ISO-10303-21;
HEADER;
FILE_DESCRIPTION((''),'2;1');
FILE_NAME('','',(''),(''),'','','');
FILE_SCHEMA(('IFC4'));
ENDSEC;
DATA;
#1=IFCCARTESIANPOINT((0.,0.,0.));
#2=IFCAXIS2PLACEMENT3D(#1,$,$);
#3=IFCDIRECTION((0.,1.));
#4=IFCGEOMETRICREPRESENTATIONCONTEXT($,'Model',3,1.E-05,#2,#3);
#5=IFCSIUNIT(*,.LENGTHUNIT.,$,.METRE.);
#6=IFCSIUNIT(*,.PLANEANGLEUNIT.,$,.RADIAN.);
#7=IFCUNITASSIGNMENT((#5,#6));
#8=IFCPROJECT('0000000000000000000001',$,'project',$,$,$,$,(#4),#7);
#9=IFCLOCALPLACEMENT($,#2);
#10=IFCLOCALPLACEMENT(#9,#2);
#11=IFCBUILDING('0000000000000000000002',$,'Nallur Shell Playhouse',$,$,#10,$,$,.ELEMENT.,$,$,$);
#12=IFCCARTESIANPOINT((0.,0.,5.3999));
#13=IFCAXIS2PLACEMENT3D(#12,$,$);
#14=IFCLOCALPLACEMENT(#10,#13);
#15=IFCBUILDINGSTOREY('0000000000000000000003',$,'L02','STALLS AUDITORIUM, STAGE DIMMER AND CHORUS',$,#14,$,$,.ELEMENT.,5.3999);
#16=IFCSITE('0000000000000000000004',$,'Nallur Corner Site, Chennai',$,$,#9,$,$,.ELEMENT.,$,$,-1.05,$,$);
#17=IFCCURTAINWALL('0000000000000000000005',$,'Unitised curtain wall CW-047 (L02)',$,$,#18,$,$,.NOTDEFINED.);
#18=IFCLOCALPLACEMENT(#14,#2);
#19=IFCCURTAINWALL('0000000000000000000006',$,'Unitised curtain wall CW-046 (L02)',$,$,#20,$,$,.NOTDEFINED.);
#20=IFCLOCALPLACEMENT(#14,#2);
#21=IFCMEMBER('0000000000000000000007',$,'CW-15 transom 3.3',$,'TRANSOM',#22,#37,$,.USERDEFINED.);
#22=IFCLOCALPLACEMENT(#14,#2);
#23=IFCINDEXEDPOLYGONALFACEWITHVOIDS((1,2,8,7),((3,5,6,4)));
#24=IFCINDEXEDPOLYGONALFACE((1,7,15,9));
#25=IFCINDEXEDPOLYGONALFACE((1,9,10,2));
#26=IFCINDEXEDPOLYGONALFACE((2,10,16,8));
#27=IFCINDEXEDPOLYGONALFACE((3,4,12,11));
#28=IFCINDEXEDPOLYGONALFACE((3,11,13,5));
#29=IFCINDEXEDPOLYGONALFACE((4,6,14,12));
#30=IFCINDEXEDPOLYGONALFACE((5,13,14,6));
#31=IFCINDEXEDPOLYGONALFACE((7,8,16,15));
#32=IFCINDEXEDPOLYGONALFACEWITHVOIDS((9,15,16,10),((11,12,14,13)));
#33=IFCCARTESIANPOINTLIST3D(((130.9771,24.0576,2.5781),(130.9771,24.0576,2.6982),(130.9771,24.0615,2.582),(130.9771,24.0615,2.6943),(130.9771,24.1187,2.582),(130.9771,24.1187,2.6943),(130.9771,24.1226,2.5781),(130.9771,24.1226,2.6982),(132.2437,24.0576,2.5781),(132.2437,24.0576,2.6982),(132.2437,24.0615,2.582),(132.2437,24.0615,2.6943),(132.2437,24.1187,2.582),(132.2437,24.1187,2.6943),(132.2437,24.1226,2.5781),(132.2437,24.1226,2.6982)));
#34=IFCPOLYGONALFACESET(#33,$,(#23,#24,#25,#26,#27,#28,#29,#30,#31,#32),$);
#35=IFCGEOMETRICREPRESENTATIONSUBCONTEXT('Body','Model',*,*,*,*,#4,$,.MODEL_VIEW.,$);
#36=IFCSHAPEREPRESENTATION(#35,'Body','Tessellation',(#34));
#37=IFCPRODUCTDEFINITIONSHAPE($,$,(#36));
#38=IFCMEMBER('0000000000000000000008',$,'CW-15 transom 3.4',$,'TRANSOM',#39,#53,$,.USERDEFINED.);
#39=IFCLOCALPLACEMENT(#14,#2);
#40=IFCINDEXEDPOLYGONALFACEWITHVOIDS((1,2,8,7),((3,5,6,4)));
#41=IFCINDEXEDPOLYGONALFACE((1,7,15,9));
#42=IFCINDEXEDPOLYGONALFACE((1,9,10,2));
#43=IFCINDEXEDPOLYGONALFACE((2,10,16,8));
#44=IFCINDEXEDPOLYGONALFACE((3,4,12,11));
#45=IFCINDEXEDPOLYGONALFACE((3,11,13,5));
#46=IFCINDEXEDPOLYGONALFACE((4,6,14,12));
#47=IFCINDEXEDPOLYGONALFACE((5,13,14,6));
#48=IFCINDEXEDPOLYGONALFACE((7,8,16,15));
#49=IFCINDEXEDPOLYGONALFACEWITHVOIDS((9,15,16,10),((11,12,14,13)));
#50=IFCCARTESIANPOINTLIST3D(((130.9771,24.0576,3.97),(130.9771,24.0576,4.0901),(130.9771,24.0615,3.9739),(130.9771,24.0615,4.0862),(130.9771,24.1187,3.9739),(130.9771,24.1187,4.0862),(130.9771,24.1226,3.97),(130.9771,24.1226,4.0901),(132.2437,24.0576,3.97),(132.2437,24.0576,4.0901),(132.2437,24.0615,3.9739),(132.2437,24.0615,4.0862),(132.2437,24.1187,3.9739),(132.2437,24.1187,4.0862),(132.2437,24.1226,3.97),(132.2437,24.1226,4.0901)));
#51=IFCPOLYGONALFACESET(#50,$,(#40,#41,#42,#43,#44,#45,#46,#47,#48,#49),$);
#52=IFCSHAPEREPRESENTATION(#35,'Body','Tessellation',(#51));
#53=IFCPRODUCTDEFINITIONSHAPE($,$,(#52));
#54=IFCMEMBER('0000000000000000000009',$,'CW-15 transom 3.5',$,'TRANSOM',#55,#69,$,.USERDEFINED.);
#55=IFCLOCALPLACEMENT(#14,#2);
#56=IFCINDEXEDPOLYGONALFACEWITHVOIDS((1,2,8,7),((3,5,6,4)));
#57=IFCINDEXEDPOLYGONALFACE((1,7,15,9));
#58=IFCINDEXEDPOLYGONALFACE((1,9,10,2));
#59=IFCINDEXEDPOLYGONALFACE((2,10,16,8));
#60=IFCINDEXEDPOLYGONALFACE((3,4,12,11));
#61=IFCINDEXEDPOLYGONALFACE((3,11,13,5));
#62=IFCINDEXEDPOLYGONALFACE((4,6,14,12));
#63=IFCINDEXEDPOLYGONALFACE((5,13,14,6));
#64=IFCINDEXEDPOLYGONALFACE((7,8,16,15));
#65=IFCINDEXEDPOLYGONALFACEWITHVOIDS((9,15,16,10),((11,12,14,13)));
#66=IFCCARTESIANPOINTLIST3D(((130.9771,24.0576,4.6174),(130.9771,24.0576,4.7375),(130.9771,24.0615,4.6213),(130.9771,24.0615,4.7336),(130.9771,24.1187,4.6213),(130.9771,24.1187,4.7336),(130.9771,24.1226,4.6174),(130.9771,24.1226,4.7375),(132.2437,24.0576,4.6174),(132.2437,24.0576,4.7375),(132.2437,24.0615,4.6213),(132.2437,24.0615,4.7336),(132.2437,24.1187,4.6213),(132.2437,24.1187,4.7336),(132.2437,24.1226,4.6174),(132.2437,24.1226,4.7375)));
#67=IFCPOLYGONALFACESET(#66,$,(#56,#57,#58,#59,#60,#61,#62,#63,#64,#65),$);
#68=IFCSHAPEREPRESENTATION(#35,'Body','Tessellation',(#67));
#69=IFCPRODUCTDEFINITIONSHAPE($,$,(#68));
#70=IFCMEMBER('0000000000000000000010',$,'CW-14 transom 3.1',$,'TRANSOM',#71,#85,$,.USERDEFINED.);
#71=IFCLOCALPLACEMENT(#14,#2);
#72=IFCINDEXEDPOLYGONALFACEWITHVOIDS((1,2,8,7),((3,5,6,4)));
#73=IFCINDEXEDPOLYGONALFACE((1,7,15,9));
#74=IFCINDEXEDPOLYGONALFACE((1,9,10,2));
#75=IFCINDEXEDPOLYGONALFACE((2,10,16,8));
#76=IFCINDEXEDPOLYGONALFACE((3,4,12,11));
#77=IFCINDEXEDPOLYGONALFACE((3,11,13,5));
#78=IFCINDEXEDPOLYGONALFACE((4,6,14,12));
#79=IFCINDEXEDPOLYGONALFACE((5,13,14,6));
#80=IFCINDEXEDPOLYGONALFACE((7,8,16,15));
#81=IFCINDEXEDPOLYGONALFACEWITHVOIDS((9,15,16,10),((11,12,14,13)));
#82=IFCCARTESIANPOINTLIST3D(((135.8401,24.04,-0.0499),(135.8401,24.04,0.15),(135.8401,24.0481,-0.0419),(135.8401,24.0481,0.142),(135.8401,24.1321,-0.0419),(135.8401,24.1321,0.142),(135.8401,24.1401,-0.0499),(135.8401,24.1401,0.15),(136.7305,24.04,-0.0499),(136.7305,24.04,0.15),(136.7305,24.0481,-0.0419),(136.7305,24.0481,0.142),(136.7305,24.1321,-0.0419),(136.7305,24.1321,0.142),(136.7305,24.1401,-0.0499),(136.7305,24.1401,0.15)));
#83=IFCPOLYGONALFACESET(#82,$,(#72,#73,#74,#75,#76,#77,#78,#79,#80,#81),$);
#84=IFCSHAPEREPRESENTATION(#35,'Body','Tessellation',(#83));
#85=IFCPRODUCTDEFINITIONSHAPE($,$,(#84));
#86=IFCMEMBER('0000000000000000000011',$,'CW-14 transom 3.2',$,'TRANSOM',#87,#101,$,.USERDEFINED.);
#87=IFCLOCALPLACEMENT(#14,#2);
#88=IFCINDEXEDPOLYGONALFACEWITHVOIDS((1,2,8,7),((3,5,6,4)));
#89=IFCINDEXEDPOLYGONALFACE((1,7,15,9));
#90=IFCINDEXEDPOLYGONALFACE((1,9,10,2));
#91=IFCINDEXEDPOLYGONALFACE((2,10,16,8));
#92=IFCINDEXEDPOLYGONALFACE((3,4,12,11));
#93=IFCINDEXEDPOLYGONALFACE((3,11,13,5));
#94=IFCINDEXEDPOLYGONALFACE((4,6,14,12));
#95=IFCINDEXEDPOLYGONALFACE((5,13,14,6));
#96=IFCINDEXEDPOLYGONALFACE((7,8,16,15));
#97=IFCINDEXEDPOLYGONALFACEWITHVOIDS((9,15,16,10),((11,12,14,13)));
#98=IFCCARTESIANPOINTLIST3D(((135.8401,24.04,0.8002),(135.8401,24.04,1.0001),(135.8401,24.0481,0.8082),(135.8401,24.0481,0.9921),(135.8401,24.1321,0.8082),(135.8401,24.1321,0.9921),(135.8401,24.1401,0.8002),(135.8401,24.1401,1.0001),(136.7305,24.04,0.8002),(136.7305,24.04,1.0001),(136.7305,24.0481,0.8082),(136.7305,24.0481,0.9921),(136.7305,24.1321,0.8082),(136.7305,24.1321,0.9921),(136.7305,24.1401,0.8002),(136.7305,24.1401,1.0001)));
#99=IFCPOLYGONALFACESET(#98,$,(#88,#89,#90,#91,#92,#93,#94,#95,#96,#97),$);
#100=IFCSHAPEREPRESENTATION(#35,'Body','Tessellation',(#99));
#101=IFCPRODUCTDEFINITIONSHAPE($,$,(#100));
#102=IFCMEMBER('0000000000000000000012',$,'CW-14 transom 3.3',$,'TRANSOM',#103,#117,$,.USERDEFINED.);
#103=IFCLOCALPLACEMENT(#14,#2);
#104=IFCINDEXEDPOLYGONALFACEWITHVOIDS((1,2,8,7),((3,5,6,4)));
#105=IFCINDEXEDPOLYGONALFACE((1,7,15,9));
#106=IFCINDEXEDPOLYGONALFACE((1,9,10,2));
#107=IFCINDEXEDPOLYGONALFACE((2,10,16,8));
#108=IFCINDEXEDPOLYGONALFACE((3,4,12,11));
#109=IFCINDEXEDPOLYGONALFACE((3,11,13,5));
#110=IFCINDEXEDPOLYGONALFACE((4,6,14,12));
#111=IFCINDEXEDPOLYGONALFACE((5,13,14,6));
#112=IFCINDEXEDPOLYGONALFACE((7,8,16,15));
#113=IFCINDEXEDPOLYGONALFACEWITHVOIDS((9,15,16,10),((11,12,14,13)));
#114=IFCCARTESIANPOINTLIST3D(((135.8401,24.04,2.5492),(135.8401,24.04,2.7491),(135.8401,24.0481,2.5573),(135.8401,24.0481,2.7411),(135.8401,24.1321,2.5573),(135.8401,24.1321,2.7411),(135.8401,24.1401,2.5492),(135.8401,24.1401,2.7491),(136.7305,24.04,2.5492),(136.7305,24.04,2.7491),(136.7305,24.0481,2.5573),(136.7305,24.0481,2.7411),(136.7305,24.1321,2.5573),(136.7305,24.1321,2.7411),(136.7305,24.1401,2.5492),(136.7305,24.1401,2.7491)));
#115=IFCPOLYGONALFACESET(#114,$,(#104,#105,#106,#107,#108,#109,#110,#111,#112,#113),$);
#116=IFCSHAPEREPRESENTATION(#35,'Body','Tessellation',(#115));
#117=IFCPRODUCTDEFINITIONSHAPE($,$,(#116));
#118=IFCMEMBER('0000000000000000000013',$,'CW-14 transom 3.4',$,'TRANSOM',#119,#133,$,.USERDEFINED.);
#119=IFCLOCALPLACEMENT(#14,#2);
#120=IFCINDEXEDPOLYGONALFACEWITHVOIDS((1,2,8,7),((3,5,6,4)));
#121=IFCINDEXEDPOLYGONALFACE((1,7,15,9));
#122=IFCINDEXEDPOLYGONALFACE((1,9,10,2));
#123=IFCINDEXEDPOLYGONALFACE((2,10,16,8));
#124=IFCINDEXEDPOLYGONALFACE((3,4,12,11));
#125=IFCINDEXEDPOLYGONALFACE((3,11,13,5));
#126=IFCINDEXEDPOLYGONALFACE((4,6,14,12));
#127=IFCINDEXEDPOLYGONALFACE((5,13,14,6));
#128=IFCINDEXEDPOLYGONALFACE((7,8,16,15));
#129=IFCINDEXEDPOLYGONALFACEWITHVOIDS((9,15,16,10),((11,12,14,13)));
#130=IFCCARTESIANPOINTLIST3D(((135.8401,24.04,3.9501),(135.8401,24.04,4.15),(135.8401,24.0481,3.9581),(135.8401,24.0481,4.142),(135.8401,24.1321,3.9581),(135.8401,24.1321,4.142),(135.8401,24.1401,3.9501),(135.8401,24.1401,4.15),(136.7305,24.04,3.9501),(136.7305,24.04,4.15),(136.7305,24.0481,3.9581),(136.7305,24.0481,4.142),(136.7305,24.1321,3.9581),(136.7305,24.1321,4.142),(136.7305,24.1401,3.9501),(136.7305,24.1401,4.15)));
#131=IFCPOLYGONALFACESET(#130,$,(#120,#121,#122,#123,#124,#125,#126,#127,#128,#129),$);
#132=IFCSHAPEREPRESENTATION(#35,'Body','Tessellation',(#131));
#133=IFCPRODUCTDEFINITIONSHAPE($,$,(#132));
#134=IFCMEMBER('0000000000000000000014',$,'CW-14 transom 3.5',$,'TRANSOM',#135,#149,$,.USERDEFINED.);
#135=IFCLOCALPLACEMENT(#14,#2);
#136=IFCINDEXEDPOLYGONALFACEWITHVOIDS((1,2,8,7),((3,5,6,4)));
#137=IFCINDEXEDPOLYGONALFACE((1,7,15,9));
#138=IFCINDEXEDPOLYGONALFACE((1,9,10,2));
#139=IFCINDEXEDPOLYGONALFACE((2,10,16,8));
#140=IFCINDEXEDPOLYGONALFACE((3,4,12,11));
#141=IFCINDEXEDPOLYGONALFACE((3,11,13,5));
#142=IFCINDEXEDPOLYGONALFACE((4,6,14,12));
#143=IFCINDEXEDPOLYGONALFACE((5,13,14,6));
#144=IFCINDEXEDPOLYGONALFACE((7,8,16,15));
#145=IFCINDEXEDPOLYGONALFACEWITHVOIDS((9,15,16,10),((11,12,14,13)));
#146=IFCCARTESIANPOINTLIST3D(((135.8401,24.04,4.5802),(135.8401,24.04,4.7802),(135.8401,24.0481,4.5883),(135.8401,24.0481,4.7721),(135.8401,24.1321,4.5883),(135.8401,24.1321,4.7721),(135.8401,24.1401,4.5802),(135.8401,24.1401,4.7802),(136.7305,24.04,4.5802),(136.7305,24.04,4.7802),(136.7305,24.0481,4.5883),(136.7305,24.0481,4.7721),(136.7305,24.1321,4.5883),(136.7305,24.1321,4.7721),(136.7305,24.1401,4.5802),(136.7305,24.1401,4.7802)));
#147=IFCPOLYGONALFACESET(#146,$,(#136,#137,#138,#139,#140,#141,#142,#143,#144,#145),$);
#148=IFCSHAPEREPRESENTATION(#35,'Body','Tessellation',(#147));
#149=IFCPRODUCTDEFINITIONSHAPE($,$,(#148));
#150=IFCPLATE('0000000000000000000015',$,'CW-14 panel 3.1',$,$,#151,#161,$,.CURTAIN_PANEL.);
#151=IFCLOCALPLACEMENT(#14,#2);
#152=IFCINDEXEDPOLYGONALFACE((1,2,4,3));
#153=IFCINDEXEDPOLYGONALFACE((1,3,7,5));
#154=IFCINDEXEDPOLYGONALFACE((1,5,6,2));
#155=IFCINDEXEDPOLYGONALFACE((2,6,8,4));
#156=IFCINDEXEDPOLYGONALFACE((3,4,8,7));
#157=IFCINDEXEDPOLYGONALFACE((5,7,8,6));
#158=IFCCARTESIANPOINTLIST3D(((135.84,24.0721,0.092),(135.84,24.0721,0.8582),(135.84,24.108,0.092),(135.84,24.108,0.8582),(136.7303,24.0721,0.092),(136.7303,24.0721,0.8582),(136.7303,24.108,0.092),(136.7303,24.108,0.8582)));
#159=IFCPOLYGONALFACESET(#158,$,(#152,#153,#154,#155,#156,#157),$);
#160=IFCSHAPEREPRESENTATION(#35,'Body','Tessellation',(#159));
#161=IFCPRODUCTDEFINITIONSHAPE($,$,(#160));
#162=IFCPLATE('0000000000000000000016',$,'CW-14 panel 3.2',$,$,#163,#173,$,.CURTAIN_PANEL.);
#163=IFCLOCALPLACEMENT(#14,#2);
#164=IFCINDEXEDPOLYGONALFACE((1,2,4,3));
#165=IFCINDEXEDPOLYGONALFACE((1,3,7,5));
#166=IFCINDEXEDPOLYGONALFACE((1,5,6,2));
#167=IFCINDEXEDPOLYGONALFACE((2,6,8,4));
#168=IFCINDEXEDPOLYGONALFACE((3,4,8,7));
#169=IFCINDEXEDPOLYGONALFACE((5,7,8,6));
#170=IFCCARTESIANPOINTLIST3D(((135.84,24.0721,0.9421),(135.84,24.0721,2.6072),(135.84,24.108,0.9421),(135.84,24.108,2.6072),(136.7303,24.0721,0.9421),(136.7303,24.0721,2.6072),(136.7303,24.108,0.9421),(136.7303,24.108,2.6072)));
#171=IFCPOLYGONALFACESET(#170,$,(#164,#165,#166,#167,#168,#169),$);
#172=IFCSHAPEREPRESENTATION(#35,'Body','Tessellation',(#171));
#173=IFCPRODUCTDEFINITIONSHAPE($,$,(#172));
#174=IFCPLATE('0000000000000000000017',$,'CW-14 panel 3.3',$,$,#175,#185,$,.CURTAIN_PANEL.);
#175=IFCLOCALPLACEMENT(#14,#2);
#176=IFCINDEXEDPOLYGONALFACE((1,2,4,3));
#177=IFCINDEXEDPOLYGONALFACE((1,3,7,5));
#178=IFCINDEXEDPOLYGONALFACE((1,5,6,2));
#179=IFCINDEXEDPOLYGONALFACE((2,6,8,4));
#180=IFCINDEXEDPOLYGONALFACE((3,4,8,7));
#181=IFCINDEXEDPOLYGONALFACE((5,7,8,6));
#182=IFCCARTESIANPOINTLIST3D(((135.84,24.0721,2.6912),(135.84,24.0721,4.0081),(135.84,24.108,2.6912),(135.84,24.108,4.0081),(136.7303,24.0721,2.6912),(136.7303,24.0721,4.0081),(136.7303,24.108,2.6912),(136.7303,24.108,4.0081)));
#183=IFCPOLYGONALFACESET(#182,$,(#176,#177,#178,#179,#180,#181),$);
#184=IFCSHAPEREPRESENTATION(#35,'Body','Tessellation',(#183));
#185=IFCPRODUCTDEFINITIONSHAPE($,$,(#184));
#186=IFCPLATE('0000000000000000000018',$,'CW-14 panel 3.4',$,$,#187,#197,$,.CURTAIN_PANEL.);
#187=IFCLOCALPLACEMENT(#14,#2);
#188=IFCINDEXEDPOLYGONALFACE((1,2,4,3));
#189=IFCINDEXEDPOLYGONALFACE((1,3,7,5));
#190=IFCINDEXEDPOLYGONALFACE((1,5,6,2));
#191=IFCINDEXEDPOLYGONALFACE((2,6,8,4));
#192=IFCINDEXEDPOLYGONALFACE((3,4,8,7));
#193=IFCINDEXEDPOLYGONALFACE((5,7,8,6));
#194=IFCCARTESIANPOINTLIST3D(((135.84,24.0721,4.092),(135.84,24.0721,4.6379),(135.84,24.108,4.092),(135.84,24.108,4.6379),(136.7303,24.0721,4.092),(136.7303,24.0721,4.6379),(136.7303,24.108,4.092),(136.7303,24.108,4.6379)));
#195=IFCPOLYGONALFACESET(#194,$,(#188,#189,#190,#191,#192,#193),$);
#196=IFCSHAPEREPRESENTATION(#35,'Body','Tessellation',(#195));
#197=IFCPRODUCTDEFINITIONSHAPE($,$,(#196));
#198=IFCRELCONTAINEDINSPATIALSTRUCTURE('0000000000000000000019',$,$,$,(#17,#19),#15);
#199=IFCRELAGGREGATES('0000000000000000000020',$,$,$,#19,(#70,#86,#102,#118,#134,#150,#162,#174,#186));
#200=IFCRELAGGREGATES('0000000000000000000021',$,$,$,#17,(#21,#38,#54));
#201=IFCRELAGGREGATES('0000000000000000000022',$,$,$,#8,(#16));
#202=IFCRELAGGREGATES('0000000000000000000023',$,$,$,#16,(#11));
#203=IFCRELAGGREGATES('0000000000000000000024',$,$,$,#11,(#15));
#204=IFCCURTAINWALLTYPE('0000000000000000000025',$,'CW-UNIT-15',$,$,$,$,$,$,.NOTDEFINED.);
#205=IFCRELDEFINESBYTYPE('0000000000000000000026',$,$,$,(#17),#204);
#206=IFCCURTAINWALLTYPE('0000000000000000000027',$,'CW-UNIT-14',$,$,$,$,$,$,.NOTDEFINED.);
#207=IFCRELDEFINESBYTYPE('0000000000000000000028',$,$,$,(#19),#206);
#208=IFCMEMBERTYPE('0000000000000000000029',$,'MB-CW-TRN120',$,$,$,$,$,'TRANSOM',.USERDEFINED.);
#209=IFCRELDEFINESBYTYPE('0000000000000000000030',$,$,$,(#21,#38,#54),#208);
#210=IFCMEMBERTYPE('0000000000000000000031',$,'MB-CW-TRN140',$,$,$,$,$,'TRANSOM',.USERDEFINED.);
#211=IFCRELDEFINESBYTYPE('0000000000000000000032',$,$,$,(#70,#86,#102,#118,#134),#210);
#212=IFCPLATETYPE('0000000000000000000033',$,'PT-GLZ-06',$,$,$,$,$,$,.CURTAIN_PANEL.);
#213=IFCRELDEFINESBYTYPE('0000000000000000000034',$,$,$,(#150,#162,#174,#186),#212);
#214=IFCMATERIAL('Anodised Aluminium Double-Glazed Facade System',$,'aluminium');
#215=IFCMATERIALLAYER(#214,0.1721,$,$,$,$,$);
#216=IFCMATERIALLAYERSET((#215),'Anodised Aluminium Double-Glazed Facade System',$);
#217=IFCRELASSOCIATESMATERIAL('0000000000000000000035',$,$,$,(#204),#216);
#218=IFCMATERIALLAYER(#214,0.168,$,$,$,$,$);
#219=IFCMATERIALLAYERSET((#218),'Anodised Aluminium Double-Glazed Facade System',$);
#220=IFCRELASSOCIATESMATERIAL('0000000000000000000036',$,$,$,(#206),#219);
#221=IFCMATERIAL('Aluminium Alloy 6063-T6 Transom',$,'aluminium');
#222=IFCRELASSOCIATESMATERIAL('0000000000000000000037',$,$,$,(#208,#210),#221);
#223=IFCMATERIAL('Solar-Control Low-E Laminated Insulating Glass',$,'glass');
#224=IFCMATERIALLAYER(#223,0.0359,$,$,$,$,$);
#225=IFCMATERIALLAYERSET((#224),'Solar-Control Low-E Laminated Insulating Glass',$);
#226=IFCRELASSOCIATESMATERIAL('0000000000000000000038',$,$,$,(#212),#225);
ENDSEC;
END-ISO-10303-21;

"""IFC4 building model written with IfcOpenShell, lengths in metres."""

from ifc_helpers import new_model, si_unit, direction, frame, origin, origin_2d, place, context, subcontext, project, spatial, rectangle, hollow_rectangle, extrude, material, layer, layer_set, material_profile, profile_set, type_object, element, aggregate, save


model = new_model("IFC4")

# Units and contexts
model_context = context("Model", 3, precision=1e-05, world=origin(), true_north=direction((0.0, 1.0)))
body_context = subcontext(model_context, "Body", "Model", "MODEL_VIEW")
ifc_project = project(units=[si_unit("LENGTHUNIT", "METRE"), si_unit("PLANEANGLEUNIT", "RADIAN")], contexts=[model_context])

# Site, building, storey
site_placement = place(None, origin())
site = spatial("IfcSite", under=ifc_project, at=site_placement, Name="Nallur Corner Site, Chennai", CompositionType="ELEMENT", RefElevation=-1.05)
building_placement = place(site_placement, origin())
building = spatial("IfcBuilding", under=site, at=building_placement, Name="Nallur Shell Playhouse", CompositionType="ELEMENT")
storey_placement = place(building_placement, frame((0.0, 0.0, 5.3999)))
storey = spatial("IfcBuildingStorey", under=building, at=storey_placement, Name="L02", Description="STALLS AUDITORIUM, STAGE DIMMER AND CHORUS", CompositionType="ELEMENT", Elevation=5.3999)

# Curtain walls
ifc_material_1 = material(Name="Anodised Aluminium Double-Glazed Facade System", Category="aluminium")
ifc_layer_1 = layer(ifc_material_1, 0.1721)
ifc_layer_set_1 = layer_set([ifc_layer_1], Name="Anodised Aluminium Double-Glazed Facade System")
curtain_wall_type_1 = type_object("IfcCurtainWallType", Name="CW-UNIT-15", PredefinedType="NOTDEFINED", material=ifc_layer_set_1)
curtain_wall_1_placement = place(storey_placement, origin())
curtain_wall_1 = element("IfcCurtainWall", 1, at=curtain_wall_1_placement, inside=storey, type_object=curtain_wall_type_1, Name="Unitised curtain wall CW-047 (L02)", PredefinedType="NOTDEFINED")
ifc_layer_2 = layer(ifc_material_1, 0.168)
ifc_layer_set_2 = layer_set([ifc_layer_2], Name="Anodised Aluminium Double-Glazed Facade System")
curtain_wall_type_2 = type_object("IfcCurtainWallType", Name="CW-UNIT-14", PredefinedType="NOTDEFINED", material=ifc_layer_set_2)
curtain_wall_2_placement = place(storey_placement, origin())
curtain_wall_2 = element("IfcCurtainWall", 2, at=curtain_wall_2_placement, inside=storey, type_object=curtain_wall_type_2, Name="Unitised curtain wall CW-046 (L02)", PredefinedType="NOTDEFINED")

# Members
ifc_material_2 = material(Name="Aluminium Alloy 6063-T6 Transom", Category="aluminium")
ifc_material_profile_1 = material_profile(ifc_material_2, hollow_rectangle(XDim=0.0649, YDim=0.1201, WallThickness=0.0039, at=origin_2d()), Name="ALU 65x120x4")
ifc_profile_set_1 = profile_set([ifc_material_profile_1], Name="Aluminium Alloy 6063-T6 Transom")
member_type_1 = type_object("IfcMemberType", Name="MB-CW-TRN120", ElementType="TRANSOM", PredefinedType="USERDEFINED", material=ifc_profile_set_1)
member_1_placement = place(storey_placement, frame((132.2437, 24.0901, 2.6382), z_axis=(-1.0, 0.0, 0.0), x_axis=(0.0, -1.0, 0.0)))
member_1 = element("IfcMember", 3, at=member_1_placement, type_object=member_type_1, Name="CW-15 transom 3.3", ObjectType="TRANSOM", PredefinedType="USERDEFINED", context=body_context, shape_type="SweptSolid", body=[
    extrude(hollow_rectangle(XDim=0.0649, YDim=0.1201, WallThickness=0.0039, at=origin_2d()), origin(), (0.0, 0.0, 1.0), 1.2666),
])
member_2_placement = place(storey_placement, frame((132.2437, 24.0901, 4.03), z_axis=(-1.0, 0.0, 0.0), x_axis=(0.0, -1.0, 0.0)))
member_2 = element("IfcMember", 4, at=member_2_placement, type_object=member_type_1, Name="CW-15 transom 3.4", ObjectType="TRANSOM", PredefinedType="USERDEFINED", context=body_context, shape_type="SweptSolid", body=[
    extrude(hollow_rectangle(XDim=0.0649, YDim=0.1201, WallThickness=0.0039, at=origin_2d()), origin(), (0.0, 0.0, 1.0), 1.2666),
])
member_3_placement = place(storey_placement, frame((132.2437, 24.0901, 4.6775), z_axis=(-1.0, 0.0, 0.0), x_axis=(0.0, -1.0, 0.0)))
member_3 = element("IfcMember", 5, at=member_3_placement, type_object=member_type_1, Name="CW-15 transom 3.5", ObjectType="TRANSOM", PredefinedType="USERDEFINED", context=body_context, shape_type="SweptSolid", body=[
    extrude(hollow_rectangle(XDim=0.0649, YDim=0.1201, WallThickness=0.0039, at=origin_2d()), origin(), (0.0, 0.0, 1.0), 1.2666),
])
ifc_material_profile_2 = material_profile(ifc_material_2, hollow_rectangle(XDim=0.1001, YDim=0.2, WallThickness=0.0081, at=origin_2d()), Name="RHS 200x100x8")
ifc_profile_set_2 = profile_set([ifc_material_profile_2], Name="Aluminium Alloy 6063-T6 Transom")
member_type_2 = type_object("IfcMemberType", Name="MB-CW-TRN140", ElementType="TRANSOM", PredefinedType="USERDEFINED", material=ifc_profile_set_2)
member_4_placement = place(storey_placement, frame((136.7305, 24.0901, 0.05), z_axis=(-1.0, 0.0, 0.0), x_axis=(0.0, -1.0, 0.0)))
member_4 = element("IfcMember", 6, at=member_4_placement, type_object=member_type_2, Name="CW-14 transom 3.1", ObjectType="TRANSOM", PredefinedType="USERDEFINED", context=body_context, shape_type="SweptSolid", body=[
    extrude(hollow_rectangle(XDim=0.1001, YDim=0.2, WallThickness=0.0081, at=origin_2d()), origin(), (0.0, 0.0, 1.0), 0.8904),
])
member_5_placement = place(storey_placement, frame((136.7305, 24.0901, 0.9001), z_axis=(-1.0, 0.0, 0.0), x_axis=(0.0, -1.0, 0.0)))
member_5 = element("IfcMember", 7, at=member_5_placement, type_object=member_type_2, Name="CW-14 transom 3.2", ObjectType="TRANSOM", PredefinedType="USERDEFINED", context=body_context, shape_type="SweptSolid", body=[
    extrude(hollow_rectangle(XDim=0.1001, YDim=0.2, WallThickness=0.0081, at=origin_2d()), origin(), (0.0, 0.0, 1.0), 0.8904),
])
member_6_placement = place(storey_placement, frame((136.7305, 24.0901, 2.6492), z_axis=(-1.0, 0.0, 0.0), x_axis=(0.0, -1.0, 0.0)))
member_6 = element("IfcMember", 8, at=member_6_placement, type_object=member_type_2, Name="CW-14 transom 3.3", ObjectType="TRANSOM", PredefinedType="USERDEFINED", context=body_context, shape_type="SweptSolid", body=[
    extrude(hollow_rectangle(XDim=0.1001, YDim=0.2, WallThickness=0.0081, at=origin_2d()), origin(), (0.0, 0.0, 1.0), 0.8904),
])
member_7_placement = place(storey_placement, frame((136.7305, 24.0901, 4.05), z_axis=(-1.0, 0.0, 0.0), x_axis=(0.0, -1.0, 0.0)))
member_7 = element("IfcMember", 9, at=member_7_placement, type_object=member_type_2, Name="CW-14 transom 3.4", ObjectType="TRANSOM", PredefinedType="USERDEFINED", context=body_context, shape_type="SweptSolid", body=[
    extrude(hollow_rectangle(XDim=0.1001, YDim=0.2, WallThickness=0.0081, at=origin_2d()), origin(), (0.0, 0.0, 1.0), 0.8904),
])
member_8_placement = place(storey_placement, frame((136.7305, 24.0901, 4.6802), z_axis=(-1.0, 0.0, 0.0), x_axis=(0.0, -1.0, 0.0)))
member_8 = element("IfcMember", 10, at=member_8_placement, type_object=member_type_2, Name="CW-14 transom 3.5", ObjectType="TRANSOM", PredefinedType="USERDEFINED", context=body_context, shape_type="SweptSolid", body=[
    extrude(hollow_rectangle(XDim=0.1001, YDim=0.2, WallThickness=0.0081, at=origin_2d()), origin(), (0.0, 0.0, 1.0), 0.8904),
])

# Plates
ifc_material_3 = material(Name="Solar-Control Low-E Laminated Insulating Glass", Category="glass")
ifc_layer_3 = layer(ifc_material_3, 0.0359)
ifc_layer_set_3 = layer_set([ifc_layer_3], Name="Solar-Control Low-E Laminated Insulating Glass")
plate_type_1 = type_object("IfcPlateType", Name="PT-GLZ-06", PredefinedType="CURTAIN_PANEL", material=ifc_layer_set_3)
plate_1_placement = place(storey_placement, frame((136.2852, 24.0901, 0.092), z_axis=(0.0, 0.0, 1.0), x_axis=(-1.0, 0.0, 0.0)))
plate_1 = element("IfcPlate", 11, at=plate_1_placement, type_object=plate_type_1, Name="CW-14 panel 3.1", PredefinedType="CURTAIN_PANEL", context=body_context, shape_type="SweptSolid", body=[
    extrude(rectangle(XDim=0.8904, YDim=0.0359, at=origin_2d()), origin(), (0.0, 0.0, 1.0), 0.7661),
])
plate_2_placement = place(storey_placement, frame((136.2852, 24.0901, 0.9421), z_axis=(0.0, 0.0, 1.0), x_axis=(-1.0, 0.0, 0.0)))
plate_2 = element("IfcPlate", 12, at=plate_2_placement, type_object=plate_type_1, Name="CW-14 panel 3.2", PredefinedType="CURTAIN_PANEL", context=body_context, shape_type="SweptSolid", body=[
    extrude(rectangle(XDim=0.8904, YDim=0.0359, at=origin_2d()), origin(), (0.0, 0.0, 1.0), 1.665),
])
plate_3_placement = place(storey_placement, frame((136.2852, 24.0901, 2.6912), z_axis=(0.0, 0.0, 1.0), x_axis=(-1.0, 0.0, 0.0)))
plate_3 = element("IfcPlate", 13, at=plate_3_placement, type_object=plate_type_1, Name="CW-14 panel 3.3", PredefinedType="CURTAIN_PANEL", context=body_context, shape_type="SweptSolid", body=[
    extrude(rectangle(XDim=0.8904, YDim=0.0359, at=origin_2d()), origin(), (0.0, 0.0, 1.0), 1.3169),
])
plate_4_placement = place(storey_placement, frame((136.2852, 24.0901, 4.092), z_axis=(0.0, 0.0, 1.0), x_axis=(-1.0, 0.0, 0.0)))
plate_4 = element("IfcPlate", 14, at=plate_4_placement, type_object=plate_type_1, Name="CW-14 panel 3.4", PredefinedType="CURTAIN_PANEL", context=body_context, shape_type="SweptSolid", body=[
    extrude(rectangle(XDim=0.8904, YDim=0.0359, at=origin_2d()), origin(), (0.0, 0.0, 1.0), 0.5459),
])
aggregate(curtain_wall_2, [member_4, member_5, member_6, member_7, member_8, plate_1, plate_2, plate_3, plate_4])
aggregate(curtain_wall_1, [member_1, member_2, member_3])

save(model, "model.ifc")
